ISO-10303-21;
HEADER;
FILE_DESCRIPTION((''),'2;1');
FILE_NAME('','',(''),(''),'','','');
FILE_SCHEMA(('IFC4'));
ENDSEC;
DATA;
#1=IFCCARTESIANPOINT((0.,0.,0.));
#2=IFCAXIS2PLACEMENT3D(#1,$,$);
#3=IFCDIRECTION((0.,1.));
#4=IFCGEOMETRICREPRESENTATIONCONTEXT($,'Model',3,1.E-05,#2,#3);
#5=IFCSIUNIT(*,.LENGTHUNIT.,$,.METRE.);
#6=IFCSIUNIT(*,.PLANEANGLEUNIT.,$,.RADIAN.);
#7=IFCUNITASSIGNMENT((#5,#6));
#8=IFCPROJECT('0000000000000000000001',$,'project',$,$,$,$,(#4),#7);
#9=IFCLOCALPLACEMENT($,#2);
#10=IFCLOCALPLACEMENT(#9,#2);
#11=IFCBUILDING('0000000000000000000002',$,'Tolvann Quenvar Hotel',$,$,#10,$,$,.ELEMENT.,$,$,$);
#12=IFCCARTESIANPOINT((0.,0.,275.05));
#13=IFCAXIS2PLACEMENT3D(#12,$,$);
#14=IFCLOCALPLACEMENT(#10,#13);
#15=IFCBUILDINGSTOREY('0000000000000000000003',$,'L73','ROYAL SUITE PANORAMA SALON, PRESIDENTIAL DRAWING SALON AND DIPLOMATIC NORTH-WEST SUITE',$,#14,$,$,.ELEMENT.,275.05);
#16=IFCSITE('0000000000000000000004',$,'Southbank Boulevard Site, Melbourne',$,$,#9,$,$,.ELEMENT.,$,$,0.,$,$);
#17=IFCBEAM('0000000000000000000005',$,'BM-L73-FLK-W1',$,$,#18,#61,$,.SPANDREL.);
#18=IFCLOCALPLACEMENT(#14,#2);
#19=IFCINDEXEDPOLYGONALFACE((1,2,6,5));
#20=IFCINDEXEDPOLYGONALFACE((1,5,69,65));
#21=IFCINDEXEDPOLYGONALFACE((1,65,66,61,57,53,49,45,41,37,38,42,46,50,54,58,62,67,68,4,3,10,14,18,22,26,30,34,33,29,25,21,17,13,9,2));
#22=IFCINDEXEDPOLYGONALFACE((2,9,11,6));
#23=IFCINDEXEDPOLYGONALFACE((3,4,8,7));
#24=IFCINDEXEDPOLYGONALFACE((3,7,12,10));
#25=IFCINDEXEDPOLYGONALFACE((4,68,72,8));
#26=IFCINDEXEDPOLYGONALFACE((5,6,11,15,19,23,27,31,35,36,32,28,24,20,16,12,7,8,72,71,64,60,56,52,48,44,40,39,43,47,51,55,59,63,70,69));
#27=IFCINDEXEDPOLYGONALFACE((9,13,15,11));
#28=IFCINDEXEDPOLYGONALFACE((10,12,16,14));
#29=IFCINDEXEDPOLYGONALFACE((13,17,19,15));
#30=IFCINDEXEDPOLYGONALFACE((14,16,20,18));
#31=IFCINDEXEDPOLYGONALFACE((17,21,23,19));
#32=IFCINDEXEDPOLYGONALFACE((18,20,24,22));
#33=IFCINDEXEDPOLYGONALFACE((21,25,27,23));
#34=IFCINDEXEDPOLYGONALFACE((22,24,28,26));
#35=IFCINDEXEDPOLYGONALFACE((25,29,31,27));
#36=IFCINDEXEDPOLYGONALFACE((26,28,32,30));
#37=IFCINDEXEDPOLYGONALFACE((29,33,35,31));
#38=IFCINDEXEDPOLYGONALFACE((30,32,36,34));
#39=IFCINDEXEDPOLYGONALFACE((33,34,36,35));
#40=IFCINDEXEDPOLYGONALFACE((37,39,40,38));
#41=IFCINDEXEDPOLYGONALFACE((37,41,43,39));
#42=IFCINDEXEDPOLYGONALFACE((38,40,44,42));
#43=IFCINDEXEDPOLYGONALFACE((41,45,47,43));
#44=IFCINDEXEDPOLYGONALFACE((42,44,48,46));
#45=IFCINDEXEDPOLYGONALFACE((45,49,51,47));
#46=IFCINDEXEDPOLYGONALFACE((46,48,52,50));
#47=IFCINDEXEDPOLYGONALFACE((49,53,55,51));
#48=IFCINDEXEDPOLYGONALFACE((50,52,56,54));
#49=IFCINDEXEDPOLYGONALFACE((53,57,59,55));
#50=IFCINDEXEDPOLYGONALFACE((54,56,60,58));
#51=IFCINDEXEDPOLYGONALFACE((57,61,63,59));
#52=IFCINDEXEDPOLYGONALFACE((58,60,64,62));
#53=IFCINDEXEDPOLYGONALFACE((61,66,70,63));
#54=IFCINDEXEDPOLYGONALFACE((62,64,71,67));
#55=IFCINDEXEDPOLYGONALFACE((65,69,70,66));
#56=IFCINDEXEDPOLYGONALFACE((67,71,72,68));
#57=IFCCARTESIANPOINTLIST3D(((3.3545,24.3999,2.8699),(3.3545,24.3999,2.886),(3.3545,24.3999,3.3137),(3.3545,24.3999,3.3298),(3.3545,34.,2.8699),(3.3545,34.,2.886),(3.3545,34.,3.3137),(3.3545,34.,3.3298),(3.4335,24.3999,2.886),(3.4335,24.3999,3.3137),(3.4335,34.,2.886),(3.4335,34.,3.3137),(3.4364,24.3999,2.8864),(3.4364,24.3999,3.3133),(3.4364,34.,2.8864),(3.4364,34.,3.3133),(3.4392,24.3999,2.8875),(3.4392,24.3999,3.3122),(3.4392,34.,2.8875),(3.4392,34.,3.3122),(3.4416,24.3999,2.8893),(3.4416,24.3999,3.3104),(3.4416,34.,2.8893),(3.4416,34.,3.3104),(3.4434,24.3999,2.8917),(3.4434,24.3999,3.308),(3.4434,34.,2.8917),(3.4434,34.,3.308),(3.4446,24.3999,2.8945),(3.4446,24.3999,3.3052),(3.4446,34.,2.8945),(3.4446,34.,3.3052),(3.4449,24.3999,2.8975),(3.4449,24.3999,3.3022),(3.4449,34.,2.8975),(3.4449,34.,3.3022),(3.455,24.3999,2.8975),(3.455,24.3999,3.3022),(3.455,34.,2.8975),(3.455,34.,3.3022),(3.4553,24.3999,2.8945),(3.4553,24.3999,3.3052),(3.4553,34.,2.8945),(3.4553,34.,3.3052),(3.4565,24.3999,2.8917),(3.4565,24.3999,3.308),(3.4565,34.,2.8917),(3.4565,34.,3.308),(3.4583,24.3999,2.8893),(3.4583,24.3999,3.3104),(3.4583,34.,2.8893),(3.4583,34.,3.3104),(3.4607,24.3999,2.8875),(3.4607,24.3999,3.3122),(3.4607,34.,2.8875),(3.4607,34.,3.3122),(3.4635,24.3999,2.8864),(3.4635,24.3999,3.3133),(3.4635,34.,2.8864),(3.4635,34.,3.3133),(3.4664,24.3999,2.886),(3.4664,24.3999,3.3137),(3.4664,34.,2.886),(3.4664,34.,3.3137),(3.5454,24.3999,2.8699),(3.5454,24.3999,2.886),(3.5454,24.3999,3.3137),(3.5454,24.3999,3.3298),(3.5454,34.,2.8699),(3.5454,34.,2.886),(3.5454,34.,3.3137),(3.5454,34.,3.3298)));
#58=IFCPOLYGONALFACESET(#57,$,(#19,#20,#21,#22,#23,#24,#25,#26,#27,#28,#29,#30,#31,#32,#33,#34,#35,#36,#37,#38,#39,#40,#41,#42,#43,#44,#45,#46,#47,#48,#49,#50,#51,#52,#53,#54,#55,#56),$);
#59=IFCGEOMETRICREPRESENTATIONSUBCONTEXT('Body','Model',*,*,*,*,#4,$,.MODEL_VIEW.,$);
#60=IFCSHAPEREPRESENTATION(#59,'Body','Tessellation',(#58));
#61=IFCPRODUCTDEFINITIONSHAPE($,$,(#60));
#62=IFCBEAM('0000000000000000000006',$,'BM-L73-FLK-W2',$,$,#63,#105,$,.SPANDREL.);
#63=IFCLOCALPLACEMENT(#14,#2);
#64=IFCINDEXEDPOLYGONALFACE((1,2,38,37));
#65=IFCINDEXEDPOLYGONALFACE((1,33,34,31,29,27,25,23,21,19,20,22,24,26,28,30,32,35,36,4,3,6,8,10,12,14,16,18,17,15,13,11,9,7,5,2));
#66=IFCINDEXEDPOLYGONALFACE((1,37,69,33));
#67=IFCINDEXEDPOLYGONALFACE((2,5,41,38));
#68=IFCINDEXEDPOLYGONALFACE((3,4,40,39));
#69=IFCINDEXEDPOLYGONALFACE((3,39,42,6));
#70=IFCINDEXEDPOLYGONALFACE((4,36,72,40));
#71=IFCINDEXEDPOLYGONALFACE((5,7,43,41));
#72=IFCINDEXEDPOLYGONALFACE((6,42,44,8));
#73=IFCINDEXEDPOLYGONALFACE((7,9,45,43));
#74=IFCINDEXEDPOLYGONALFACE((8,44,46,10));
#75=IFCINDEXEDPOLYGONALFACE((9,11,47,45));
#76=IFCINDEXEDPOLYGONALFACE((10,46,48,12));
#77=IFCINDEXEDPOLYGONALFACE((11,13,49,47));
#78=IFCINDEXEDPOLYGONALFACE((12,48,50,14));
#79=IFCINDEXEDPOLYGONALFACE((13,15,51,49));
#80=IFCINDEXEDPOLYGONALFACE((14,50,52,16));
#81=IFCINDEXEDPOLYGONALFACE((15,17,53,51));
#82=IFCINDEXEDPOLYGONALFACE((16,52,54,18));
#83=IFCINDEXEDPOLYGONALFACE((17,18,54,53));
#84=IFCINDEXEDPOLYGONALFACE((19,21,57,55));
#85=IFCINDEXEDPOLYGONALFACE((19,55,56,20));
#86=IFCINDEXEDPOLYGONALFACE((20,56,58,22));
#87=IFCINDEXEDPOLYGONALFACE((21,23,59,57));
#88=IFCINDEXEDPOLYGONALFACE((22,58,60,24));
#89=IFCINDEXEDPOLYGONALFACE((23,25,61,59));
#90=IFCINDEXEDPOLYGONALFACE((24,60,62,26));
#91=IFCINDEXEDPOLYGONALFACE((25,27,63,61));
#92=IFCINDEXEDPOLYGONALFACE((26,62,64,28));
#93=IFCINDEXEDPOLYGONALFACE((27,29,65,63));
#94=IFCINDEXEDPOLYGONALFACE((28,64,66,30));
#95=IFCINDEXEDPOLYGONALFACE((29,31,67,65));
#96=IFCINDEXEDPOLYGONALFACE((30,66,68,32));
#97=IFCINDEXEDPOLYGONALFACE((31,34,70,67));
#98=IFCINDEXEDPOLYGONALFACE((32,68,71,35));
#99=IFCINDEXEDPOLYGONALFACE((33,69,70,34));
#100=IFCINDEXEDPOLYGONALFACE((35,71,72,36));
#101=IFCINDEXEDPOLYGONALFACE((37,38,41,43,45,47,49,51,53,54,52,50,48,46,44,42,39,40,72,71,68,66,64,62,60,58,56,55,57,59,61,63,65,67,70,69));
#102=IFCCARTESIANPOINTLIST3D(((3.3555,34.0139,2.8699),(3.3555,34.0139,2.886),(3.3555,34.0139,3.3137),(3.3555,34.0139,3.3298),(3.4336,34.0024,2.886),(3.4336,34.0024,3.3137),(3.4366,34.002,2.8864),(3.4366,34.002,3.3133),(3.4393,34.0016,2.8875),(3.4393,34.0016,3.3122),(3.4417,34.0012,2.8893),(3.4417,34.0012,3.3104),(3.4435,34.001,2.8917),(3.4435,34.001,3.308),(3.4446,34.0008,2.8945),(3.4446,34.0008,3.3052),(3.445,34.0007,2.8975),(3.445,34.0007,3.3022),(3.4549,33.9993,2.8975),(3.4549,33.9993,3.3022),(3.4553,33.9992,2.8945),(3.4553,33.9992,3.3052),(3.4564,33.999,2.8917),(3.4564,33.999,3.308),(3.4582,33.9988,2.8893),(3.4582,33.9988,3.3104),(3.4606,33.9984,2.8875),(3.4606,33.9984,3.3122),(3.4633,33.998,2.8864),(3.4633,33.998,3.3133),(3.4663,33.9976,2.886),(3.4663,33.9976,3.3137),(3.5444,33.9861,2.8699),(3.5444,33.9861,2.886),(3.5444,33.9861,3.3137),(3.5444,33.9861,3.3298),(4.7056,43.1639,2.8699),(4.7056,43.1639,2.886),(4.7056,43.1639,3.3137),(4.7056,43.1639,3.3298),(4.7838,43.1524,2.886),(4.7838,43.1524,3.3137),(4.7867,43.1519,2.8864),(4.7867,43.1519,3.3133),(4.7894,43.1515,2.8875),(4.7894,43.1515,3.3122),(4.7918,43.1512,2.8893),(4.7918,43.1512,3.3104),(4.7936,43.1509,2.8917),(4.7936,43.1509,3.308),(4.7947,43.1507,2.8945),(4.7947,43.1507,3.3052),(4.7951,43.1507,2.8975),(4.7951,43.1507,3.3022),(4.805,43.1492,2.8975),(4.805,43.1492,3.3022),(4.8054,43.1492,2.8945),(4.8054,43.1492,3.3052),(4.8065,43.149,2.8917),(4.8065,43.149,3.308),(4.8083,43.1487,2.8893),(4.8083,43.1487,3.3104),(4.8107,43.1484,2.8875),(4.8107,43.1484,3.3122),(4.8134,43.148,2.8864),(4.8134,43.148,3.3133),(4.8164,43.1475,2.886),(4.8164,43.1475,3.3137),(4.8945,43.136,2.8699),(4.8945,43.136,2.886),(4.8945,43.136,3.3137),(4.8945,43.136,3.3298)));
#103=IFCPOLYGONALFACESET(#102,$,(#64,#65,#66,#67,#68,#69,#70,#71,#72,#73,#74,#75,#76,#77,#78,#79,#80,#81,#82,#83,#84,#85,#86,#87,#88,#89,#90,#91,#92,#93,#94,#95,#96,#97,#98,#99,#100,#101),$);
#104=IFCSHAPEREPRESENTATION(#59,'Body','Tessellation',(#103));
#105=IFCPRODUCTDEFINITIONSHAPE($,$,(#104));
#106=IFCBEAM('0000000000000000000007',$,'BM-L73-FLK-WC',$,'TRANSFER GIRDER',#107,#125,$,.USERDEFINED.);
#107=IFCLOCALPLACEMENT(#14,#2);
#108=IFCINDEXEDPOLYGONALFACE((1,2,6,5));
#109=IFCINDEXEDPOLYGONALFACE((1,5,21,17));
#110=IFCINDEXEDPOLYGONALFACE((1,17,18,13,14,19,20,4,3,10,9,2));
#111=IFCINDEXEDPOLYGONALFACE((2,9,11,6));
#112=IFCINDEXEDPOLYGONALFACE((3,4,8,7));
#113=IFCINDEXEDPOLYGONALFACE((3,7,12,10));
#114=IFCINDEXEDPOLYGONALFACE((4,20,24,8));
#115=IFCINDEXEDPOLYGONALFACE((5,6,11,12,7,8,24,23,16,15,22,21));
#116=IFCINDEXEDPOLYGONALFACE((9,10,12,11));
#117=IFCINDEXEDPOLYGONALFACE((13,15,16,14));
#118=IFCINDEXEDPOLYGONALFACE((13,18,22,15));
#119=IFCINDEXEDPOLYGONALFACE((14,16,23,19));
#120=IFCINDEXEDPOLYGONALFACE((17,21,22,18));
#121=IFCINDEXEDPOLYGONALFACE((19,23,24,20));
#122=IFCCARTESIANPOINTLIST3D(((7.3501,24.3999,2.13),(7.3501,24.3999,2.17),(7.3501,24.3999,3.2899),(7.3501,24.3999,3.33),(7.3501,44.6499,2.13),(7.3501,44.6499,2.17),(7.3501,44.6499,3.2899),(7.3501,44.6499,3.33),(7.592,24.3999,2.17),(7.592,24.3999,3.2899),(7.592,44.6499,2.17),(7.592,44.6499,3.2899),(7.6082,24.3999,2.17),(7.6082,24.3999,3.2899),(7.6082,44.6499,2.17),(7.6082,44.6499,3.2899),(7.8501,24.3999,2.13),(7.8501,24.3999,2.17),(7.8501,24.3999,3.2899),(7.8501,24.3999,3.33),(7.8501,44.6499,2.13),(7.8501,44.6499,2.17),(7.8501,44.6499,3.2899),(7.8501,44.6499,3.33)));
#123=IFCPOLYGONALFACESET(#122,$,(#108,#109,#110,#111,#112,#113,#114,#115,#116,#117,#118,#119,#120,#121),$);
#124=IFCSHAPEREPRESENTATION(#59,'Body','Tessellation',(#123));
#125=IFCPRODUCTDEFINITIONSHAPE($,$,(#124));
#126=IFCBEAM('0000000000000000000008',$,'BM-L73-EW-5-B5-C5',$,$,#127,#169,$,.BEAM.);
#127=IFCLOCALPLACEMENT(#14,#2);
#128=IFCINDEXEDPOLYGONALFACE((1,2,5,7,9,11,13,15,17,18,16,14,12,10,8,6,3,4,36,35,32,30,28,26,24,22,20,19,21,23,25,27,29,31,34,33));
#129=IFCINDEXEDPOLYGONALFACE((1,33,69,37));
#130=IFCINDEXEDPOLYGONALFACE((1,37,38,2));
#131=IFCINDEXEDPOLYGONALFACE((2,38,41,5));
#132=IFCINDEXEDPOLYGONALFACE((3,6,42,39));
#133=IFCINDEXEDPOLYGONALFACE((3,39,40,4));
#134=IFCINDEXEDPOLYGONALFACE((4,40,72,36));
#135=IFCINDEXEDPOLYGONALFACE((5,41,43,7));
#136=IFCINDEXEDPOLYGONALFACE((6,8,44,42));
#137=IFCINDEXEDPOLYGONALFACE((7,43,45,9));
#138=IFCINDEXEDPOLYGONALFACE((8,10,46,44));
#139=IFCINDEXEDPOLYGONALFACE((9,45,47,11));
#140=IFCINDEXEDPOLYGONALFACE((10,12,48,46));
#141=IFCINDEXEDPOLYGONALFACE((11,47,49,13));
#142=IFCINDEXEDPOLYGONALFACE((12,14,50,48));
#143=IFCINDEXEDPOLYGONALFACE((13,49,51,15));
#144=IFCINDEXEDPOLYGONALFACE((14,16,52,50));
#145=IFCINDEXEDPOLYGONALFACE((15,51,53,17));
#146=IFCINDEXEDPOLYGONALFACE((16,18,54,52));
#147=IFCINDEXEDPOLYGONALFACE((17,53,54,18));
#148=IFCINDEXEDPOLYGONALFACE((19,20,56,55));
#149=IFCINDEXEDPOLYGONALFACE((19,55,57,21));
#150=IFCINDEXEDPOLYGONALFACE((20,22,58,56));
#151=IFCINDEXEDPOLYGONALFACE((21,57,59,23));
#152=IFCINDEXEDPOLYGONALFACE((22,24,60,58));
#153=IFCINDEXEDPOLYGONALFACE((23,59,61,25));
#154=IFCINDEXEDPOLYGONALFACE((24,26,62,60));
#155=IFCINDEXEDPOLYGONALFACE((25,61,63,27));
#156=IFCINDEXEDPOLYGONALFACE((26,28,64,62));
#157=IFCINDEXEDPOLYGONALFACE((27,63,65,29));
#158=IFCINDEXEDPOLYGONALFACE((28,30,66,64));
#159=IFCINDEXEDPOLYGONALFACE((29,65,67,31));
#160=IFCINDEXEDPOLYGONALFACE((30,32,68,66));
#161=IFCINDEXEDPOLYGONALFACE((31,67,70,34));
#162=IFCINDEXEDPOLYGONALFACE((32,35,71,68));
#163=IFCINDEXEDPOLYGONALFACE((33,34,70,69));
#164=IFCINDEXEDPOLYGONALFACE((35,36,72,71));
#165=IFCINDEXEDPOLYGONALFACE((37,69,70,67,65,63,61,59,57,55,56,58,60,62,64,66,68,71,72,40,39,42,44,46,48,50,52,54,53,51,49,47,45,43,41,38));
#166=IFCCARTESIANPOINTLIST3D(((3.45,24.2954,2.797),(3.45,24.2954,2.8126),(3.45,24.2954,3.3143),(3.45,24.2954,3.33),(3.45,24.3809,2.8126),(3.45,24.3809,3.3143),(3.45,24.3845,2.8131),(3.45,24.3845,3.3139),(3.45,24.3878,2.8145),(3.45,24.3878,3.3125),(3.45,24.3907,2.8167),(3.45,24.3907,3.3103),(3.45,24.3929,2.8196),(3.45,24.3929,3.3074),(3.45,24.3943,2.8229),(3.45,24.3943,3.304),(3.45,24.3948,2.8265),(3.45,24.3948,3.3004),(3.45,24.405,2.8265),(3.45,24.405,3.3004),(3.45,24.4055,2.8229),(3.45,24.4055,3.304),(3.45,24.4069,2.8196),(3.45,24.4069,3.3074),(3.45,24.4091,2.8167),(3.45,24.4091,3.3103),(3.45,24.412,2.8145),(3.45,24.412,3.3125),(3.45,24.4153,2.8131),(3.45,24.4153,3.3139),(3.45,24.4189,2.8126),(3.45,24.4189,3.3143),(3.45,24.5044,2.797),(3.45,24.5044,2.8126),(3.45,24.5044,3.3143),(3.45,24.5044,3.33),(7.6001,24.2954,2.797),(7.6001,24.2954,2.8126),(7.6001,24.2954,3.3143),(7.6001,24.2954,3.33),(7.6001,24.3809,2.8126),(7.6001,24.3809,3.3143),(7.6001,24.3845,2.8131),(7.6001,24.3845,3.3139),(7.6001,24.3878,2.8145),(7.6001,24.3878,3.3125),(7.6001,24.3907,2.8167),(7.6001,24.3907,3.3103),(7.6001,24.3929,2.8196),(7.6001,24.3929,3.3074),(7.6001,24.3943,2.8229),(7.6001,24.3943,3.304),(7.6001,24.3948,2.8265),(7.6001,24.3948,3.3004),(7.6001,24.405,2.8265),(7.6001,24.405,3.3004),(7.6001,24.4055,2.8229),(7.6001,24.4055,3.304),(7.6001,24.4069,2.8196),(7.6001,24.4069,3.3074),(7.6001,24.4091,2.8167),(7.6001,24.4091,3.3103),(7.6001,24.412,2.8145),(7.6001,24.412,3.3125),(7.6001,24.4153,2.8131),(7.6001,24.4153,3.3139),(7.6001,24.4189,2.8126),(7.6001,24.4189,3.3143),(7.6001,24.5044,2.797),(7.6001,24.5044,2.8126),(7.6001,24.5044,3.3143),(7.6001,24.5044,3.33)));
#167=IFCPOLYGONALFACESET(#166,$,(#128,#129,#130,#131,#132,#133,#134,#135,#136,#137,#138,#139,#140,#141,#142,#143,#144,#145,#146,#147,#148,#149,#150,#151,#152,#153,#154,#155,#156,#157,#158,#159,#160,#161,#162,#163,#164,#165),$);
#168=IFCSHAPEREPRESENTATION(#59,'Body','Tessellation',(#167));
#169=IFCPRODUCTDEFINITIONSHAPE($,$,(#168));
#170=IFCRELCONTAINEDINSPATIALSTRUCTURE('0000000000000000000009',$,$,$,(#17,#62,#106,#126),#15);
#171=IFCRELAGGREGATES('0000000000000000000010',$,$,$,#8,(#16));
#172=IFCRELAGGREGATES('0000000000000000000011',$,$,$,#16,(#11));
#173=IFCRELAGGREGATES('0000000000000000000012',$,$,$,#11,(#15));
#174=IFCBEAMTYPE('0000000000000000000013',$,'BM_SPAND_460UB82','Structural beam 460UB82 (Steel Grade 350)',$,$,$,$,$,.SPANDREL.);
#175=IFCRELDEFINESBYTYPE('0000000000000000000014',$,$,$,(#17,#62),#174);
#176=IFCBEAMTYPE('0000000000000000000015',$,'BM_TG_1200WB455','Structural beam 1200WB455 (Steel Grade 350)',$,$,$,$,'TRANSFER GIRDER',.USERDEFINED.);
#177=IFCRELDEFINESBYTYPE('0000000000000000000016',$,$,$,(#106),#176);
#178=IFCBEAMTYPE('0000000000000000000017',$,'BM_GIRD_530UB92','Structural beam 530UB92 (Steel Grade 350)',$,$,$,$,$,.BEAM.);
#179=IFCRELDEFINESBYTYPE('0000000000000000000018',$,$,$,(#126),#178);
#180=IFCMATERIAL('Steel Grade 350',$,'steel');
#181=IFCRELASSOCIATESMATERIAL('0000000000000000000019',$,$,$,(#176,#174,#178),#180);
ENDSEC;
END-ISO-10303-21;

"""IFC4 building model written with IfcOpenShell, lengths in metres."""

from ifc_helpers import new_model, si_unit, direction, frame, origin, origin_2d, place, context, subcontext, project, spatial, i_section, extrude, source, transform, mapped, material, material_profile, profile_set, type_object, type_shapes, element, save


model = new_model("IFC4")

# Units and contexts
model_context = context("Model", 3, precision=1e-05, world=origin(), true_north=direction((0.0, 1.0)))
body_context = subcontext(model_context, "Body", "Model", "MODEL_VIEW")
ifc_project = project(units=[si_unit("LENGTHUNIT", "METRE"), si_unit("PLANEANGLEUNIT", "RADIAN")], contexts=[model_context])

# Site, building, storey
site_placement = place(None, origin())
site = spatial("IfcSite", under=ifc_project, at=site_placement, Name="Southbank Boulevard Site, Melbourne", CompositionType="ELEMENT", RefElevation=0.0)
building_placement = place(site_placement, origin())
building = spatial("IfcBuilding", under=site, at=building_placement, Name="Tolvann Quenvar Hotel", CompositionType="ELEMENT")
storey_placement = place(building_placement, frame((0.0, 0.0, 275.05)))
storey = spatial("IfcBuildingStorey", under=building, at=storey_placement, Name="L73", Description="ROYAL SUITE PANORAMA SALON, PRESIDENTIAL DRAWING SALON AND DIPLOMATIC NORTH-WEST SUITE", CompositionType="ELEMENT", Elevation=275.05)

# Shared definitions
ifc_material_1 = material(Name="Steel Grade 350", Category="steel")

# Beams
ifc_material_profile_1 = material_profile(ifc_material_1, i_section(OverallWidth=0.5, OverallDepth=1.2, WebThickness=0.0161, FlangeThickness=0.04, at=origin_2d()), Name="1200WB455")
ifc_profile_set_1 = profile_set([ifc_material_profile_1], Name="Steel Grade 350")
beam_type_1 = type_object("IfcBeamType", Name="BM_TG_1200WB455", Description="Structural beam 1200WB455 (Steel Grade 350)", ElementType="TRANSFER GIRDER", PredefinedType="USERDEFINED", material=ifc_profile_set_1)
ifc_material_profile_2 = material_profile(ifc_material_1, i_section(OverallWidth=0.1909, OverallDepth=0.46, WebThickness=0.01, FlangeThickness=0.0161, FilletRadius=0.0115, at=origin_2d()), Name="460UB82")
ifc_profile_set_2 = profile_set([ifc_material_profile_2], Name="Steel Grade 350")
beam_type_2 = type_object("IfcBeamType", Name="BM_SPAND_460UB82", Description="Structural beam 460UB82 (Steel Grade 350)", PredefinedType="SPANDREL", material=ifc_profile_set_2)
shared_shape_1 = source(origin(), body_context, "Body", "SweptSolid", [
    extrude(i_section(OverallWidth=0.1909, OverallDepth=0.46, WebThickness=0.01, FlangeThickness=0.0161, FilletRadius=0.0115, at=origin_2d()), origin(), (0.0, 0.0, 1.0), 9.6001),
])
beam_1_placement = place(storey_placement, frame((3.45, 24.3999, 3.0999), z_axis=(0.0, 1.0, 0.0), x_axis=(-1.0, 0.0, 0.0)))
element("IfcBeam", 1, at=beam_1_placement, inside=storey, type_object=beam_type_2, Name="BM-L73-FLK-W1", PredefinedType="SPANDREL", context=body_context, shape_type="MappedRepresentation", body=[
    mapped(shared_shape_1, transform((0.0, 0.0, 0.0), x_axis=(1.0, 0.0, 0.0), y_axis=(0.0, 1.0, 0.0), z_axis=(0.0, 0.0, 1.0), scale=1.0)),
])
shared_shape_2 = source(origin(), body_context, "Body", "SweptSolid", [
    extrude(i_section(OverallWidth=0.1909, OverallDepth=0.46, WebThickness=0.01, FlangeThickness=0.0161, FilletRadius=0.0115, at=origin_2d()), origin(), (0.0, 0.0, 1.0), 9.249),
])
type_shapes(beam_type_2, [shared_shape_1, shared_shape_2])
beam_2_placement = place(storey_placement, frame((3.45, 34.0, 3.0999), z_axis=(0.145973, 0.989289, 0.0), x_axis=(-0.989289, 0.145973, 0.0)))
element("IfcBeam", 2, at=beam_2_placement, inside=storey, type_object=beam_type_2, Name="BM-L73-FLK-W2", PredefinedType="SPANDREL", context=body_context, shape_type="MappedRepresentation", body=[
    mapped(shared_shape_2, transform((0.0, 0.0, 0.0), x_axis=(1.0, 0.0, 0.0), y_axis=(0.0, 1.0, 0.0), z_axis=(0.0, 0.0, 1.0), scale=1.0)),
])
shared_shape_3 = source(origin(), body_context, "Body", "SweptSolid", [
    extrude(i_section(OverallWidth=0.5, OverallDepth=1.2, WebThickness=0.0161, FlangeThickness=0.04, at=origin_2d()), origin(), (0.0, 0.0, 1.0), 20.25),
])
beam_3_placement = place(storey_placement, frame((7.6001, 24.3999, 2.73), z_axis=(0.0, 1.0, 0.0), x_axis=(-1.0, 0.0, 0.0)))
element("IfcBeam", 3, at=beam_3_placement, inside=storey, type_object=beam_type_1, Name="BM-L73-FLK-WC", ObjectType="TRANSFER GIRDER", PredefinedType="USERDEFINED", context=body_context, shape_type="MappedRepresentation", body=[
    mapped(shared_shape_3, transform((0.0, 0.0, 0.0), x_axis=(1.0, 0.0, 0.0), y_axis=(0.0, 1.0, 0.0), z_axis=(0.0, 0.0, 1.0), scale=1.0)),
])
ifc_material_profile_3 = material_profile(ifc_material_1, i_section(OverallWidth=0.209, OverallDepth=0.533, WebThickness=0.0103, FlangeThickness=0.0156, FilletRadius=0.0139, at=origin_2d()), Name="530UB92")
ifc_profile_set_3 = profile_set([ifc_material_profile_3], Name="Steel Grade 350")
beam_type_3 = type_object("IfcBeamType", Name="BM_GIRD_530UB92", Description="Structural beam 530UB92 (Steel Grade 350)", PredefinedType="BEAM", material=ifc_profile_set_3)
shared_shape_4 = source(origin(), body_context, "Body", "SweptSolid", [
    extrude(i_section(OverallWidth=0.209, OverallDepth=0.533, WebThickness=0.0103, FlangeThickness=0.0156, FilletRadius=0.0139, at=origin_2d()), origin(), (0.0, 0.0, 1.0), 4.1501),
])
beam_4_placement = place(storey_placement, frame((3.45, 24.3999, 3.0635), z_axis=(1.0, 0.0, 0.0), x_axis=(0.0, 1.0, 0.0)))
element("IfcBeam", 4, at=beam_4_placement, inside=storey, type_object=beam_type_3, Name="BM-L73-EW-5-B5-C5", PredefinedType="BEAM", context=body_context, shape_type="MappedRepresentation", body=[
    mapped(shared_shape_4, transform((0.0, 0.0, 0.0), x_axis=(1.0, 0.0, 0.0), y_axis=(0.0, 1.0, 0.0), z_axis=(0.0, 0.0, 1.0), scale=1.0)),
])

save(model, "model.ifc")
